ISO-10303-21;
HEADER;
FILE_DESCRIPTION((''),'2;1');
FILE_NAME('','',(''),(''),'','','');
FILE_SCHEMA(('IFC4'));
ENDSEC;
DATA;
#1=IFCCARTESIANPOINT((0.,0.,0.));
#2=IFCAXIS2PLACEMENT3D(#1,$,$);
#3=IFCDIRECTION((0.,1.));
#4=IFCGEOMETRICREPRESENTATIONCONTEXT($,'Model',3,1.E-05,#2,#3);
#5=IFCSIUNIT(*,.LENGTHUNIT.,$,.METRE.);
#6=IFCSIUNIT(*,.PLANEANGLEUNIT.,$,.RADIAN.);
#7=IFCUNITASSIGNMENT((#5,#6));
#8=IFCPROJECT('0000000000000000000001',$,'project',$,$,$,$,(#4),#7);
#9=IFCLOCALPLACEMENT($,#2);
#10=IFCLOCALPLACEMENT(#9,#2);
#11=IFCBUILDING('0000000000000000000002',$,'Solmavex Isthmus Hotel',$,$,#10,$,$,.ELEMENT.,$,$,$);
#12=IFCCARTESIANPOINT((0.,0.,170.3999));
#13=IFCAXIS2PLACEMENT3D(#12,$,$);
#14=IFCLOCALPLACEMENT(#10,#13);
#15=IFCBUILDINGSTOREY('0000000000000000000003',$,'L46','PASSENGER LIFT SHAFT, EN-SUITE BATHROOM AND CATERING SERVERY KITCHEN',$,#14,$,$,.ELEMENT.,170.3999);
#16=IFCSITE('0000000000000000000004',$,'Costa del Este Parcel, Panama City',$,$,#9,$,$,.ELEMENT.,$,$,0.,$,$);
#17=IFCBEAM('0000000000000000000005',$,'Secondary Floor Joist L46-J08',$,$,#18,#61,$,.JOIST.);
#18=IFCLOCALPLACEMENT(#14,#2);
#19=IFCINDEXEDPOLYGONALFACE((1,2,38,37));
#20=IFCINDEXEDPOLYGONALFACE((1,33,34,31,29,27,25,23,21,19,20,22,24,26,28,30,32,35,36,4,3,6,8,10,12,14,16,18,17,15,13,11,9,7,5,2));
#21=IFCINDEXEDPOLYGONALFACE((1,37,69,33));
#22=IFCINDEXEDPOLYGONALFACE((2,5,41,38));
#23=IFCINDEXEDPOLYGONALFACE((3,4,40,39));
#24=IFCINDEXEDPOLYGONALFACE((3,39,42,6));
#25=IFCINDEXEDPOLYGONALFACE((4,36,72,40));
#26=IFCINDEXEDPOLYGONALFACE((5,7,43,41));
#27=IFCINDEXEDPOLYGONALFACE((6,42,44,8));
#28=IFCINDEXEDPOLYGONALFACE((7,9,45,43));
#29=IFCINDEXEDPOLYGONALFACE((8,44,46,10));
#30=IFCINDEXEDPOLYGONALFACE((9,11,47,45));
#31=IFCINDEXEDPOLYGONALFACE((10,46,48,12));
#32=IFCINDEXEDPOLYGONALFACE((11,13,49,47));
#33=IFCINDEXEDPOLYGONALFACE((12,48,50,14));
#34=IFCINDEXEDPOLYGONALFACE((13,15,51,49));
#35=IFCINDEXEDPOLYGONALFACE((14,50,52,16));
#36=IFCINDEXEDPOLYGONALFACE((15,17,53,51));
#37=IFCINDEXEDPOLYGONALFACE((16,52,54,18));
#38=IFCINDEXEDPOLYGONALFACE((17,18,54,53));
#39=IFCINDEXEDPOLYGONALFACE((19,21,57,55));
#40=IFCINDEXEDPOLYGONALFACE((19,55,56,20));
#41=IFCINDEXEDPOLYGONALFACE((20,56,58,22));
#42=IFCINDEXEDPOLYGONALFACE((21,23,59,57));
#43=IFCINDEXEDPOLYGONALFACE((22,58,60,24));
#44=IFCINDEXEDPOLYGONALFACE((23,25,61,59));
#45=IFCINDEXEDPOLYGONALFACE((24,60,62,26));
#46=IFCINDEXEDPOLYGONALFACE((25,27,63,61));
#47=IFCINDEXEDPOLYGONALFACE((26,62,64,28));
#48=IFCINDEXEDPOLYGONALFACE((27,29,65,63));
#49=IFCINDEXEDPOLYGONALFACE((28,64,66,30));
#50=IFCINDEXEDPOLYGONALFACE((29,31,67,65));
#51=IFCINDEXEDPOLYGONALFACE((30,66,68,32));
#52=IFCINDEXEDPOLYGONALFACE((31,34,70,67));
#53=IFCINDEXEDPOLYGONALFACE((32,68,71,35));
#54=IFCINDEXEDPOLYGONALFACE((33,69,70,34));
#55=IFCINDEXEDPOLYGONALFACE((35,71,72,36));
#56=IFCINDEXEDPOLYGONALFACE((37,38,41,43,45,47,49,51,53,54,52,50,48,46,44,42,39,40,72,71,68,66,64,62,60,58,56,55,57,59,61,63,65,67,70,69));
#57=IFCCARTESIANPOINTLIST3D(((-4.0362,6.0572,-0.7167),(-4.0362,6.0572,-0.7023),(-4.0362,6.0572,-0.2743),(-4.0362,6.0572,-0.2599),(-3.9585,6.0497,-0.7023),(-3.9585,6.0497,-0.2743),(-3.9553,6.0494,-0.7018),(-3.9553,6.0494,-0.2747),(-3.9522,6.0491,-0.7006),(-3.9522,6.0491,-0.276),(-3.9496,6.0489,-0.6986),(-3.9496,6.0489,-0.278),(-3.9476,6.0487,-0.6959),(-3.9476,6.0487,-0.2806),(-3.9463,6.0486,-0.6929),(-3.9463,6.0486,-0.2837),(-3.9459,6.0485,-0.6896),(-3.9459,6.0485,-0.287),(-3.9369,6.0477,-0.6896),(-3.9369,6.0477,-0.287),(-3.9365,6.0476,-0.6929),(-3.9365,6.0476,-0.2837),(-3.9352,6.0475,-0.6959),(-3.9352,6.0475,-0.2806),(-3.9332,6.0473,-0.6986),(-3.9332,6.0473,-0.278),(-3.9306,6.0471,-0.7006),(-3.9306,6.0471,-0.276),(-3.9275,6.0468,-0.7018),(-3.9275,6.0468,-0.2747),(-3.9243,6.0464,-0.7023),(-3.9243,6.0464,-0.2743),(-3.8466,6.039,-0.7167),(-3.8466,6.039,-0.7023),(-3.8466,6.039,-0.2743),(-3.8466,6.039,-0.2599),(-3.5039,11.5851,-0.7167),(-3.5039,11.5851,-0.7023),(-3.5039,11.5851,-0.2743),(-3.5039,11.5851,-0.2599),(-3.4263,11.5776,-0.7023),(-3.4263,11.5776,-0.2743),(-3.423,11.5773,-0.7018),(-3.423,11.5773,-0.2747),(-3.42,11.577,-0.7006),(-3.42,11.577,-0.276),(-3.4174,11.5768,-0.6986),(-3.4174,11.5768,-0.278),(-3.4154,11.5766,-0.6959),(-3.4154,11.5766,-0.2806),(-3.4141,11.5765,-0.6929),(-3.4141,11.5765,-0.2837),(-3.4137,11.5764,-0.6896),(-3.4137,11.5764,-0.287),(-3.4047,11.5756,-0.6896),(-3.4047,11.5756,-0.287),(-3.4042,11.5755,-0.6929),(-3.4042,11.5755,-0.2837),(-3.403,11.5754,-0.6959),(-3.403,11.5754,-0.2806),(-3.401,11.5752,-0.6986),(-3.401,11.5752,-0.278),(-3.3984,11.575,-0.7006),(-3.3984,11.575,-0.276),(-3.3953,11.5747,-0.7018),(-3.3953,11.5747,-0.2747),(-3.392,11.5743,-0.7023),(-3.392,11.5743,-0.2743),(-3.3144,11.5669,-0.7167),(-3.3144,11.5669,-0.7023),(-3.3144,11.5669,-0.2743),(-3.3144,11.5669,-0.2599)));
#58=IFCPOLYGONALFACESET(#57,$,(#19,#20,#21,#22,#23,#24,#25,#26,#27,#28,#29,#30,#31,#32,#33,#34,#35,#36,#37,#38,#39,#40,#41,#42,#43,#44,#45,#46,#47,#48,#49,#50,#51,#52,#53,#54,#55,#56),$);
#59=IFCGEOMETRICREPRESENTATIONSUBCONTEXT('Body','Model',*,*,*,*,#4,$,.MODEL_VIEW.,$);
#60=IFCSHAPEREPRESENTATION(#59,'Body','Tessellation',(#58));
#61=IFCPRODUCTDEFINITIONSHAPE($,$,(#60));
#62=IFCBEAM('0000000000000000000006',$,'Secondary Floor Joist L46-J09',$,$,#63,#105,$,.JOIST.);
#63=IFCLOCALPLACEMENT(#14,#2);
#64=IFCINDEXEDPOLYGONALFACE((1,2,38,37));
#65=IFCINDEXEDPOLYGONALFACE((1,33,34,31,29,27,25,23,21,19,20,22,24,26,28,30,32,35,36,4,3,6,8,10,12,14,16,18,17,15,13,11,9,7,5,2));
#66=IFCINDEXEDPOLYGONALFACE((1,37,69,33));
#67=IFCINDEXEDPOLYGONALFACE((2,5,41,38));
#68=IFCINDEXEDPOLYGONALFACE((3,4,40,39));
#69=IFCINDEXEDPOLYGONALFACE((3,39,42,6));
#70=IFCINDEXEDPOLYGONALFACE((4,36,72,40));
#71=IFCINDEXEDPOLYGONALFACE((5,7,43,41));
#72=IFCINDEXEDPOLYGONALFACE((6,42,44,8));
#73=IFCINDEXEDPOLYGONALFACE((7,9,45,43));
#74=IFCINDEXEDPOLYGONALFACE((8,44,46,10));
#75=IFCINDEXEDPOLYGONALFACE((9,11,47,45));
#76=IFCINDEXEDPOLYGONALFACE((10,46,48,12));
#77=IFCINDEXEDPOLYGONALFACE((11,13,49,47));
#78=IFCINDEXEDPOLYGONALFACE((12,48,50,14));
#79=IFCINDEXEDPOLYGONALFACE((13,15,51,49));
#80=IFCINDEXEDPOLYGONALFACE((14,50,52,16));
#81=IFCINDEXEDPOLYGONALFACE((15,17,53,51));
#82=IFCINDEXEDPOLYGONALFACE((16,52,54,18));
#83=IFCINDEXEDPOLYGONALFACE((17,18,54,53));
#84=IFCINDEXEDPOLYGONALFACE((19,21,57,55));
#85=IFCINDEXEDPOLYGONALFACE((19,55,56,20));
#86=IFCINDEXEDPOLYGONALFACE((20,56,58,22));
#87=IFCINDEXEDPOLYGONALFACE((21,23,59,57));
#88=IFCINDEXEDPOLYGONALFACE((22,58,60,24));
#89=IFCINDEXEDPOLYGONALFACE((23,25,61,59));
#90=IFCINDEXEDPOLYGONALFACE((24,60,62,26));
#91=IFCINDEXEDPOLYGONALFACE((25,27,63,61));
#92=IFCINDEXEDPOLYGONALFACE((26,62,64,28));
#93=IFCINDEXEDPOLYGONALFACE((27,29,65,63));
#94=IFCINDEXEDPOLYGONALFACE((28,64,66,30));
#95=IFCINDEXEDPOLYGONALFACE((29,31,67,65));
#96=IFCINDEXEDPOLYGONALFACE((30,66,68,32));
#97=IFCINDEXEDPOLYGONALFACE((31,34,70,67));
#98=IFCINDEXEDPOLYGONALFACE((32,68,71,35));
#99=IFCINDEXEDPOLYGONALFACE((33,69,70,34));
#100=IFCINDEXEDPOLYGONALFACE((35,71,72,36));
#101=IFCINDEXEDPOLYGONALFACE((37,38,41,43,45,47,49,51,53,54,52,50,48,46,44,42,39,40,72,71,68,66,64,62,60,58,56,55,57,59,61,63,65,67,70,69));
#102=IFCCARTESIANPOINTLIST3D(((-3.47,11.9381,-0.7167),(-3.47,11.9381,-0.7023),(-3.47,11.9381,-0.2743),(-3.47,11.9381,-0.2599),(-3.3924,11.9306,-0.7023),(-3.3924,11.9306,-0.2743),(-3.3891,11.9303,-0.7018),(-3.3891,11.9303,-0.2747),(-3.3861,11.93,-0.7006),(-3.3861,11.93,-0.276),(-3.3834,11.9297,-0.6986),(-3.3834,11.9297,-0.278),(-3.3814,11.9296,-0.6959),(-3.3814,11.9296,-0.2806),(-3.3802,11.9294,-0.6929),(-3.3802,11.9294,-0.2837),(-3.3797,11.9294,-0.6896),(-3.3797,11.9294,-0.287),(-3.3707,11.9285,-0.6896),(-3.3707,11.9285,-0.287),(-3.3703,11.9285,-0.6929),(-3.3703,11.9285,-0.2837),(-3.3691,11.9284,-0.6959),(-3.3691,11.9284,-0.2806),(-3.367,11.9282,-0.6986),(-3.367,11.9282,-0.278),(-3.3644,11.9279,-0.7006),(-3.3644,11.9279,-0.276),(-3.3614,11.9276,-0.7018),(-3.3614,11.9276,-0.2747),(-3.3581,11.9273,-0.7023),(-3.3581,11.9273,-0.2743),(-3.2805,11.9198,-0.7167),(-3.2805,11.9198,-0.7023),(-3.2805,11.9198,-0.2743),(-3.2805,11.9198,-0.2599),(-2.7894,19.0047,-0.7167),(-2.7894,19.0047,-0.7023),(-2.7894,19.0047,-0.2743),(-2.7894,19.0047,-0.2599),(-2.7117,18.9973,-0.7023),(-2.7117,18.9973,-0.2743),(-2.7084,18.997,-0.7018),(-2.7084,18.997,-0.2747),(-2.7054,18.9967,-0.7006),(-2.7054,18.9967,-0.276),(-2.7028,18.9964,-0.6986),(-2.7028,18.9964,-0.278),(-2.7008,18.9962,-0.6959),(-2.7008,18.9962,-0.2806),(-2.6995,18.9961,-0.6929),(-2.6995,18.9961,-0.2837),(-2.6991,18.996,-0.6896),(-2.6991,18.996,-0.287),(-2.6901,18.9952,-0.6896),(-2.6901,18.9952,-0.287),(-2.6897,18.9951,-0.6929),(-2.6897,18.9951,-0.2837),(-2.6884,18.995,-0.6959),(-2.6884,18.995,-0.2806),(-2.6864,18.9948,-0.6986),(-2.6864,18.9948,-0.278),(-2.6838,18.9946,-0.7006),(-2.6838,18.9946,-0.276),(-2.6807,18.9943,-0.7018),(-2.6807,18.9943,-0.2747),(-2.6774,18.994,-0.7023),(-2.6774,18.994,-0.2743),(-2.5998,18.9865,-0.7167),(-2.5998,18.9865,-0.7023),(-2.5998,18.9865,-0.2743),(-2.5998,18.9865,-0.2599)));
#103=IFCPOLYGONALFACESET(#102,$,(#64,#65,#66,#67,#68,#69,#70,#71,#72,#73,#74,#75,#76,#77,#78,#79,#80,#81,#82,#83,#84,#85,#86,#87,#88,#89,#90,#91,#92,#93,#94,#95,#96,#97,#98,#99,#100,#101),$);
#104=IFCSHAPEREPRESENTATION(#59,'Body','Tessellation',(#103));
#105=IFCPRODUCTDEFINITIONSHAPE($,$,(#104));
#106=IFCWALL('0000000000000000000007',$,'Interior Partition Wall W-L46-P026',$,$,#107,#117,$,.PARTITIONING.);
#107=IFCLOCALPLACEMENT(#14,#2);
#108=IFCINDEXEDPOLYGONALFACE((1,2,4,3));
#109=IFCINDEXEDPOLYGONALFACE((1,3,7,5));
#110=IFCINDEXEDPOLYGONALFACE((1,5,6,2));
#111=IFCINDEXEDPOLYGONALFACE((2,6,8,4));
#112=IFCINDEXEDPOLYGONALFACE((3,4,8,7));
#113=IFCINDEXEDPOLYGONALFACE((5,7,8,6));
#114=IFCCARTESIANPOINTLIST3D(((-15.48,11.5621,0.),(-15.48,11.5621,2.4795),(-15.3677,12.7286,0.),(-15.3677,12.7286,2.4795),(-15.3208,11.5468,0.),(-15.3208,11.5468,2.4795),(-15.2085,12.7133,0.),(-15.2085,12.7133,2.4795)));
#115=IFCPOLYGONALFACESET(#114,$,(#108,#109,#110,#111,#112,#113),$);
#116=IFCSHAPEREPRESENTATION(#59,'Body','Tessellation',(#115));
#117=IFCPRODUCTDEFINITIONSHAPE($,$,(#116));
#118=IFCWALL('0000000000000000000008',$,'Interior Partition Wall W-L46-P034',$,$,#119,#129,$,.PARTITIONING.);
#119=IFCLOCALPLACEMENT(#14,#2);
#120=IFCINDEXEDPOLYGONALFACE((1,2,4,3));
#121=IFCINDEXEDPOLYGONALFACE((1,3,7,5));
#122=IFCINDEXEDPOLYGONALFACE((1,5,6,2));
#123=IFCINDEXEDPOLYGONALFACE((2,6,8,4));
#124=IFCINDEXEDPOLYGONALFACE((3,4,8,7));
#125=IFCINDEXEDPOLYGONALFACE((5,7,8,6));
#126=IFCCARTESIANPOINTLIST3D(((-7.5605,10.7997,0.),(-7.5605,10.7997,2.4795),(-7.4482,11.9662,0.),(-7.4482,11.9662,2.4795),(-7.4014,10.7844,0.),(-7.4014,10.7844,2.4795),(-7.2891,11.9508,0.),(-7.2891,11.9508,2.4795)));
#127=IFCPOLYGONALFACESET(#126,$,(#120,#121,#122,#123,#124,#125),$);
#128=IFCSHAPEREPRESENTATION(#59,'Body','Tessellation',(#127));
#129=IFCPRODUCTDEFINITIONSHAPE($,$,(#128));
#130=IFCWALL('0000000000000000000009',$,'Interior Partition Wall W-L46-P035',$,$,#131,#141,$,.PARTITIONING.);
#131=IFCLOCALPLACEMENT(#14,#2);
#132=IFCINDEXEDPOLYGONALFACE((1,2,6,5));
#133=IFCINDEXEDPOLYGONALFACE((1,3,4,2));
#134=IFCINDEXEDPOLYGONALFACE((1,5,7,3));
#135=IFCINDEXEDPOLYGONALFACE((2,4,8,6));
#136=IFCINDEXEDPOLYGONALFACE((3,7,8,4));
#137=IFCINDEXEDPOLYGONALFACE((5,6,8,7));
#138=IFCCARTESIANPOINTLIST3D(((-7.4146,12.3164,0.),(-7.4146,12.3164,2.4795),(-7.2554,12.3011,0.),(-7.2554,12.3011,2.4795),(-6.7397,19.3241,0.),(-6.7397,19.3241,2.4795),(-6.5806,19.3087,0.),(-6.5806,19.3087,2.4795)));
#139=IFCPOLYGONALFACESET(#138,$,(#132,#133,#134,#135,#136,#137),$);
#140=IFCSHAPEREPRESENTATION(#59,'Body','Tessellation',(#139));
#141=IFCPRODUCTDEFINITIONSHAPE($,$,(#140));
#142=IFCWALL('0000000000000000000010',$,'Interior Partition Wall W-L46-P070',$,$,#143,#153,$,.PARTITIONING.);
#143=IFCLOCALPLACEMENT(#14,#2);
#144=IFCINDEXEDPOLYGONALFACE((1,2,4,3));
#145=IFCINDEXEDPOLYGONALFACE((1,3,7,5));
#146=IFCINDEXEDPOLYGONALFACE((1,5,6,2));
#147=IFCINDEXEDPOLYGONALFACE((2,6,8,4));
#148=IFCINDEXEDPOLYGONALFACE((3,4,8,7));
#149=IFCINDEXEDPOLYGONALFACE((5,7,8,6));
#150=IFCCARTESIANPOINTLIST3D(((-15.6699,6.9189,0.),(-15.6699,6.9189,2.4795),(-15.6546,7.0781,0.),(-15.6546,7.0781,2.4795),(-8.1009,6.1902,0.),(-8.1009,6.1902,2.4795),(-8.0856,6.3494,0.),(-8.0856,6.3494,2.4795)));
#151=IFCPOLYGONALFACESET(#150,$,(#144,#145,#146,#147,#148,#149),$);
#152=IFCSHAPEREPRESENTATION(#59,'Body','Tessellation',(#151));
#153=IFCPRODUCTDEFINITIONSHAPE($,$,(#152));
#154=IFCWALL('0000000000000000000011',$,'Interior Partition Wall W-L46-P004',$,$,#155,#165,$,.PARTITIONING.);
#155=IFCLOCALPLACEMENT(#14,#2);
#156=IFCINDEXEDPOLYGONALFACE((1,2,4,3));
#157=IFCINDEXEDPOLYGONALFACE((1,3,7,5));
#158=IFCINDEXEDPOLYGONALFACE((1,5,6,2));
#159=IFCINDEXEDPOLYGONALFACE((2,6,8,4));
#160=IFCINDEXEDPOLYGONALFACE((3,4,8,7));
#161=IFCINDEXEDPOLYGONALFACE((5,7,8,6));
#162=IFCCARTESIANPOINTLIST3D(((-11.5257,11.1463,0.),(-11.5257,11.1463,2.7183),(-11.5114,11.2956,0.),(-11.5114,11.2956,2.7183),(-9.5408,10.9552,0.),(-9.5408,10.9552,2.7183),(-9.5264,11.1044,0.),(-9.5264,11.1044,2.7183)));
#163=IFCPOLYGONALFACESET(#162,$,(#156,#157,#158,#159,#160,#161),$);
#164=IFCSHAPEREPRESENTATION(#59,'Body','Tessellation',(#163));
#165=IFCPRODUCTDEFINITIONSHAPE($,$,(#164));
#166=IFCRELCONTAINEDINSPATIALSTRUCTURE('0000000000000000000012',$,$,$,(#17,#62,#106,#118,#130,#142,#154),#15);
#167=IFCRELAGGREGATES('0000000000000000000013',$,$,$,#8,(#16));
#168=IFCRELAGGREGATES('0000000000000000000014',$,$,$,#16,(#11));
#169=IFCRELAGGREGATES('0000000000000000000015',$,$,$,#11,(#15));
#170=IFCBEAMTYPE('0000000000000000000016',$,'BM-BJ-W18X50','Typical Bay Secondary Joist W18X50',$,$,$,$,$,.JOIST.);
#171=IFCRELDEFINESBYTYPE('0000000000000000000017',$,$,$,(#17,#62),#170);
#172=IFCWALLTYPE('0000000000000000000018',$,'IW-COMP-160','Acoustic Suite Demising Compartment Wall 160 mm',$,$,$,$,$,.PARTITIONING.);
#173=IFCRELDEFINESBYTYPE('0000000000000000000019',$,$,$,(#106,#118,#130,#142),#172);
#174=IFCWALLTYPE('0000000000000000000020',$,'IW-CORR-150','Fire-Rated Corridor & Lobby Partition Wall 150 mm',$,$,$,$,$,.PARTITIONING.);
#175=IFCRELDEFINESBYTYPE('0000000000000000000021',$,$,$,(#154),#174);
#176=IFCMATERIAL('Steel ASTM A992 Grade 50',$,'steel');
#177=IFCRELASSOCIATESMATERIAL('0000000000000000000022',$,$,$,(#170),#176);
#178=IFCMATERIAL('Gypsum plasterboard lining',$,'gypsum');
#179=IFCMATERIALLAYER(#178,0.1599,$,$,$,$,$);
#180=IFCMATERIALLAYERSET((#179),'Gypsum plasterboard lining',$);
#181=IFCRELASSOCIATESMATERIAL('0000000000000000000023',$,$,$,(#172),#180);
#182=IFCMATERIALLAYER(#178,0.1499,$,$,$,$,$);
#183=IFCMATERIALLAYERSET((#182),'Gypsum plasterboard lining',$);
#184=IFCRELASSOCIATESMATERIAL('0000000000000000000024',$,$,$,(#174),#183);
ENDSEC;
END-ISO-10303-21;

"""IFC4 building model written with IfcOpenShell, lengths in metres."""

from ifc_helpers import new_model, si_unit, direction, frame, frame_2d, origin, origin_2d, place, context, subcontext, project, spatial, rectangle, i_section, extrude, material, layer, layer_set, material_profile, profile_set, type_object, element, save


model = new_model("IFC4")

# Units and contexts
model_context = context("Model", 3, precision=1e-05, world=origin(), true_north=direction((0.0, 1.0)))
body_context = subcontext(model_context, "Body", "Model", "MODEL_VIEW")
ifc_project = project(units=[si_unit("LENGTHUNIT", "METRE"), si_unit("PLANEANGLEUNIT", "RADIAN")], contexts=[model_context])

# Site, building, storey
site_placement = place(None, origin())
site = spatial("IfcSite", under=ifc_project, at=site_placement, Name="Costa del Este Parcel, Panama City", CompositionType="ELEMENT", RefElevation=0.0)
building_placement = place(site_placement, origin())
building = spatial("IfcBuilding", under=site, at=building_placement, Name="Solmavex Isthmus Hotel", CompositionType="ELEMENT")
storey_placement = place(building_placement, frame((0.0, 0.0, 170.3999)))
storey = spatial("IfcBuildingStorey", under=building, at=storey_placement, Name="L46", Description="PASSENGER LIFT SHAFT, EN-SUITE BATHROOM AND CATERING SERVERY KITCHEN", CompositionType="ELEMENT", Elevation=170.3999)

# Beams
ifc_material_1 = material(Name="Steel ASTM A992 Grade 50", Category="steel")
ifc_material_profile_1 = material_profile(ifc_material_1, i_section(OverallWidth=0.1904, OverallDepth=0.4568, WebThickness=0.009, FlangeThickness=0.0144, FilletRadius=0.0127, at=origin_2d()), Name="W18X50")
ifc_profile_set_1 = profile_set([ifc_material_profile_1], Name="Steel ASTM A992 Grade 50")
beam_type_1 = type_object("IfcBeamType", Name="BM-BJ-W18X50", Description="Typical Bay Secondary Joist W18X50", PredefinedType="JOIST", material=ifc_profile_set_1)
beam_1_placement = place(storey_placement, frame((-3.9414, 6.0481, -0.4883), z_axis=(0.095838, 0.995397, 0.0), x_axis=(-0.995397, 0.095838, 0.0)))
element("IfcBeam", 1, at=beam_1_placement, inside=storey, type_object=beam_type_1, Name="Secondary Floor Joist L46-J08", PredefinedType="JOIST", context=body_context, shape_type="SweptSolid", body=[
    extrude(i_section(OverallWidth=0.1904, OverallDepth=0.4568, WebThickness=0.009, FlangeThickness=0.0144, FilletRadius=0.0127, at=origin_2d()), origin(), (0.0, 0.0, 1.0), 5.5535),
])
beam_2_placement = place(storey_placement, frame((-3.3752, 11.929, -0.4883), z_axis=(0.095877, 0.995393, 0.0), x_axis=(-0.995393, 0.095877, 0.0)))
element("IfcBeam", 2, at=beam_2_placement, inside=storey, type_object=beam_type_1, Name="Secondary Floor Joist L46-J09", PredefinedType="JOIST", context=body_context, shape_type="SweptSolid", body=[
    extrude(i_section(OverallWidth=0.1904, OverallDepth=0.4568, WebThickness=0.009, FlangeThickness=0.0144, FilletRadius=0.0127, at=origin_2d()), origin(), (0.0, 0.0, 1.0), 7.0994),
])

# Walls
ifc_material_2 = material(Name="Gypsum plasterboard lining", Category="gypsum")
ifc_layer_1 = layer(ifc_material_2, 0.1599)
ifc_layer_set_1 = layer_set([ifc_layer_1], Name="Gypsum plasterboard lining")
wall_type_1 = type_object("IfcWallType", Name="IW-COMP-160", Description="Acoustic Suite Demising Compartment Wall 160 mm", PredefinedType="PARTITIONING", material=ifc_layer_set_1)
for number, where, z_axis, x_axis, name in (
    (3, (-15.2881, 12.7209, 0.0), (0.0, 0.0, 1.0), (-0.095831, -0.995398, 0.0), "Interior Partition Wall W-L46-P026"),
    (4, (-7.3687, 11.9585, 0.0), (0.0, 0.0, 1.0), (-0.095831, -0.995398, 0.0), "Interior Partition Wall W-L46-P034"),
):
    element("IfcWall", number, at=place(storey_placement, frame(where, z_axis=z_axis, x_axis=x_axis)), inside=storey, type_object=wall_type_1, Name=name, PredefinedType="PARTITIONING", context=body_context, shape_type="SweptSolid", body=[
        extrude(rectangle(XDim=1.1719, YDim=0.1599, at=frame_2d((0.5859, 0.0))), origin(), (0.0, 0.0, 1.0), 2.4795),
    ])
wall_1_placement = place(storey_placement, frame((-6.6602, 19.3164, 0.0), z_axis=(0.0, 0.0, 1.0), x_axis=(-0.095853, -0.995395, 0.0)))
element("IfcWall", 5, at=wall_1_placement, inside=storey, type_object=wall_type_1, Name="Interior Partition Wall W-L46-P035", PredefinedType="PARTITIONING", context=body_context, shape_type="SweptSolid", body=[
    extrude(rectangle(XDim=7.04, YDim=0.1599, at=frame_2d((3.52, 0.0))), origin(), (0.0, 0.0, 1.0), 2.4795),
])
wall_2_placement = place(storey_placement, frame((-8.0933, 6.2698, 0.0), z_axis=(0.0, 0.0, 1.0), x_axis=(-0.995397, 0.095838, 0.0)))
element("IfcWall", 6, at=wall_2_placement, inside=storey, type_object=wall_type_1, Name="Interior Partition Wall W-L46-P070", PredefinedType="PARTITIONING", context=body_context, shape_type="SweptSolid", body=[
    extrude(rectangle(XDim=7.604, YDim=0.1599, at=frame_2d((3.802, 0.0))), origin(), (0.0, 0.0, 1.0), 2.4795),
])

# Shared definitions
ifc_layer_2 = layer(ifc_material_2, 0.1499)
ifc_layer_set_2 = layer_set([ifc_layer_2], Name="Gypsum plasterboard lining")
wall_type_2 = type_object("IfcWallType", Name="IW-CORR-150", Description="Fire-Rated Corridor & Lobby Partition Wall 150 mm", PredefinedType="PARTITIONING", material=ifc_layer_set_2)

# Wall
wall_3_placement = place(storey_placement, frame((-11.5186, 11.2209, 0.0), z_axis=(0.0, 0.0, 1.0), x_axis=(0.995394, -0.095866, 0.0)))
element("IfcWall", 7, at=wall_3_placement, inside=storey, type_object=wall_type_2, Name="Interior Partition Wall W-L46-P004", PredefinedType="PARTITIONING", context=body_context, shape_type="SweptSolid", body=[
    extrude(rectangle(XDim=1.9941, YDim=0.1499, at=frame_2d((0.9971, 0.0))), origin(), (0.0, 0.0, 1.0), 2.7183),
])

save(model, "model.ifc")
